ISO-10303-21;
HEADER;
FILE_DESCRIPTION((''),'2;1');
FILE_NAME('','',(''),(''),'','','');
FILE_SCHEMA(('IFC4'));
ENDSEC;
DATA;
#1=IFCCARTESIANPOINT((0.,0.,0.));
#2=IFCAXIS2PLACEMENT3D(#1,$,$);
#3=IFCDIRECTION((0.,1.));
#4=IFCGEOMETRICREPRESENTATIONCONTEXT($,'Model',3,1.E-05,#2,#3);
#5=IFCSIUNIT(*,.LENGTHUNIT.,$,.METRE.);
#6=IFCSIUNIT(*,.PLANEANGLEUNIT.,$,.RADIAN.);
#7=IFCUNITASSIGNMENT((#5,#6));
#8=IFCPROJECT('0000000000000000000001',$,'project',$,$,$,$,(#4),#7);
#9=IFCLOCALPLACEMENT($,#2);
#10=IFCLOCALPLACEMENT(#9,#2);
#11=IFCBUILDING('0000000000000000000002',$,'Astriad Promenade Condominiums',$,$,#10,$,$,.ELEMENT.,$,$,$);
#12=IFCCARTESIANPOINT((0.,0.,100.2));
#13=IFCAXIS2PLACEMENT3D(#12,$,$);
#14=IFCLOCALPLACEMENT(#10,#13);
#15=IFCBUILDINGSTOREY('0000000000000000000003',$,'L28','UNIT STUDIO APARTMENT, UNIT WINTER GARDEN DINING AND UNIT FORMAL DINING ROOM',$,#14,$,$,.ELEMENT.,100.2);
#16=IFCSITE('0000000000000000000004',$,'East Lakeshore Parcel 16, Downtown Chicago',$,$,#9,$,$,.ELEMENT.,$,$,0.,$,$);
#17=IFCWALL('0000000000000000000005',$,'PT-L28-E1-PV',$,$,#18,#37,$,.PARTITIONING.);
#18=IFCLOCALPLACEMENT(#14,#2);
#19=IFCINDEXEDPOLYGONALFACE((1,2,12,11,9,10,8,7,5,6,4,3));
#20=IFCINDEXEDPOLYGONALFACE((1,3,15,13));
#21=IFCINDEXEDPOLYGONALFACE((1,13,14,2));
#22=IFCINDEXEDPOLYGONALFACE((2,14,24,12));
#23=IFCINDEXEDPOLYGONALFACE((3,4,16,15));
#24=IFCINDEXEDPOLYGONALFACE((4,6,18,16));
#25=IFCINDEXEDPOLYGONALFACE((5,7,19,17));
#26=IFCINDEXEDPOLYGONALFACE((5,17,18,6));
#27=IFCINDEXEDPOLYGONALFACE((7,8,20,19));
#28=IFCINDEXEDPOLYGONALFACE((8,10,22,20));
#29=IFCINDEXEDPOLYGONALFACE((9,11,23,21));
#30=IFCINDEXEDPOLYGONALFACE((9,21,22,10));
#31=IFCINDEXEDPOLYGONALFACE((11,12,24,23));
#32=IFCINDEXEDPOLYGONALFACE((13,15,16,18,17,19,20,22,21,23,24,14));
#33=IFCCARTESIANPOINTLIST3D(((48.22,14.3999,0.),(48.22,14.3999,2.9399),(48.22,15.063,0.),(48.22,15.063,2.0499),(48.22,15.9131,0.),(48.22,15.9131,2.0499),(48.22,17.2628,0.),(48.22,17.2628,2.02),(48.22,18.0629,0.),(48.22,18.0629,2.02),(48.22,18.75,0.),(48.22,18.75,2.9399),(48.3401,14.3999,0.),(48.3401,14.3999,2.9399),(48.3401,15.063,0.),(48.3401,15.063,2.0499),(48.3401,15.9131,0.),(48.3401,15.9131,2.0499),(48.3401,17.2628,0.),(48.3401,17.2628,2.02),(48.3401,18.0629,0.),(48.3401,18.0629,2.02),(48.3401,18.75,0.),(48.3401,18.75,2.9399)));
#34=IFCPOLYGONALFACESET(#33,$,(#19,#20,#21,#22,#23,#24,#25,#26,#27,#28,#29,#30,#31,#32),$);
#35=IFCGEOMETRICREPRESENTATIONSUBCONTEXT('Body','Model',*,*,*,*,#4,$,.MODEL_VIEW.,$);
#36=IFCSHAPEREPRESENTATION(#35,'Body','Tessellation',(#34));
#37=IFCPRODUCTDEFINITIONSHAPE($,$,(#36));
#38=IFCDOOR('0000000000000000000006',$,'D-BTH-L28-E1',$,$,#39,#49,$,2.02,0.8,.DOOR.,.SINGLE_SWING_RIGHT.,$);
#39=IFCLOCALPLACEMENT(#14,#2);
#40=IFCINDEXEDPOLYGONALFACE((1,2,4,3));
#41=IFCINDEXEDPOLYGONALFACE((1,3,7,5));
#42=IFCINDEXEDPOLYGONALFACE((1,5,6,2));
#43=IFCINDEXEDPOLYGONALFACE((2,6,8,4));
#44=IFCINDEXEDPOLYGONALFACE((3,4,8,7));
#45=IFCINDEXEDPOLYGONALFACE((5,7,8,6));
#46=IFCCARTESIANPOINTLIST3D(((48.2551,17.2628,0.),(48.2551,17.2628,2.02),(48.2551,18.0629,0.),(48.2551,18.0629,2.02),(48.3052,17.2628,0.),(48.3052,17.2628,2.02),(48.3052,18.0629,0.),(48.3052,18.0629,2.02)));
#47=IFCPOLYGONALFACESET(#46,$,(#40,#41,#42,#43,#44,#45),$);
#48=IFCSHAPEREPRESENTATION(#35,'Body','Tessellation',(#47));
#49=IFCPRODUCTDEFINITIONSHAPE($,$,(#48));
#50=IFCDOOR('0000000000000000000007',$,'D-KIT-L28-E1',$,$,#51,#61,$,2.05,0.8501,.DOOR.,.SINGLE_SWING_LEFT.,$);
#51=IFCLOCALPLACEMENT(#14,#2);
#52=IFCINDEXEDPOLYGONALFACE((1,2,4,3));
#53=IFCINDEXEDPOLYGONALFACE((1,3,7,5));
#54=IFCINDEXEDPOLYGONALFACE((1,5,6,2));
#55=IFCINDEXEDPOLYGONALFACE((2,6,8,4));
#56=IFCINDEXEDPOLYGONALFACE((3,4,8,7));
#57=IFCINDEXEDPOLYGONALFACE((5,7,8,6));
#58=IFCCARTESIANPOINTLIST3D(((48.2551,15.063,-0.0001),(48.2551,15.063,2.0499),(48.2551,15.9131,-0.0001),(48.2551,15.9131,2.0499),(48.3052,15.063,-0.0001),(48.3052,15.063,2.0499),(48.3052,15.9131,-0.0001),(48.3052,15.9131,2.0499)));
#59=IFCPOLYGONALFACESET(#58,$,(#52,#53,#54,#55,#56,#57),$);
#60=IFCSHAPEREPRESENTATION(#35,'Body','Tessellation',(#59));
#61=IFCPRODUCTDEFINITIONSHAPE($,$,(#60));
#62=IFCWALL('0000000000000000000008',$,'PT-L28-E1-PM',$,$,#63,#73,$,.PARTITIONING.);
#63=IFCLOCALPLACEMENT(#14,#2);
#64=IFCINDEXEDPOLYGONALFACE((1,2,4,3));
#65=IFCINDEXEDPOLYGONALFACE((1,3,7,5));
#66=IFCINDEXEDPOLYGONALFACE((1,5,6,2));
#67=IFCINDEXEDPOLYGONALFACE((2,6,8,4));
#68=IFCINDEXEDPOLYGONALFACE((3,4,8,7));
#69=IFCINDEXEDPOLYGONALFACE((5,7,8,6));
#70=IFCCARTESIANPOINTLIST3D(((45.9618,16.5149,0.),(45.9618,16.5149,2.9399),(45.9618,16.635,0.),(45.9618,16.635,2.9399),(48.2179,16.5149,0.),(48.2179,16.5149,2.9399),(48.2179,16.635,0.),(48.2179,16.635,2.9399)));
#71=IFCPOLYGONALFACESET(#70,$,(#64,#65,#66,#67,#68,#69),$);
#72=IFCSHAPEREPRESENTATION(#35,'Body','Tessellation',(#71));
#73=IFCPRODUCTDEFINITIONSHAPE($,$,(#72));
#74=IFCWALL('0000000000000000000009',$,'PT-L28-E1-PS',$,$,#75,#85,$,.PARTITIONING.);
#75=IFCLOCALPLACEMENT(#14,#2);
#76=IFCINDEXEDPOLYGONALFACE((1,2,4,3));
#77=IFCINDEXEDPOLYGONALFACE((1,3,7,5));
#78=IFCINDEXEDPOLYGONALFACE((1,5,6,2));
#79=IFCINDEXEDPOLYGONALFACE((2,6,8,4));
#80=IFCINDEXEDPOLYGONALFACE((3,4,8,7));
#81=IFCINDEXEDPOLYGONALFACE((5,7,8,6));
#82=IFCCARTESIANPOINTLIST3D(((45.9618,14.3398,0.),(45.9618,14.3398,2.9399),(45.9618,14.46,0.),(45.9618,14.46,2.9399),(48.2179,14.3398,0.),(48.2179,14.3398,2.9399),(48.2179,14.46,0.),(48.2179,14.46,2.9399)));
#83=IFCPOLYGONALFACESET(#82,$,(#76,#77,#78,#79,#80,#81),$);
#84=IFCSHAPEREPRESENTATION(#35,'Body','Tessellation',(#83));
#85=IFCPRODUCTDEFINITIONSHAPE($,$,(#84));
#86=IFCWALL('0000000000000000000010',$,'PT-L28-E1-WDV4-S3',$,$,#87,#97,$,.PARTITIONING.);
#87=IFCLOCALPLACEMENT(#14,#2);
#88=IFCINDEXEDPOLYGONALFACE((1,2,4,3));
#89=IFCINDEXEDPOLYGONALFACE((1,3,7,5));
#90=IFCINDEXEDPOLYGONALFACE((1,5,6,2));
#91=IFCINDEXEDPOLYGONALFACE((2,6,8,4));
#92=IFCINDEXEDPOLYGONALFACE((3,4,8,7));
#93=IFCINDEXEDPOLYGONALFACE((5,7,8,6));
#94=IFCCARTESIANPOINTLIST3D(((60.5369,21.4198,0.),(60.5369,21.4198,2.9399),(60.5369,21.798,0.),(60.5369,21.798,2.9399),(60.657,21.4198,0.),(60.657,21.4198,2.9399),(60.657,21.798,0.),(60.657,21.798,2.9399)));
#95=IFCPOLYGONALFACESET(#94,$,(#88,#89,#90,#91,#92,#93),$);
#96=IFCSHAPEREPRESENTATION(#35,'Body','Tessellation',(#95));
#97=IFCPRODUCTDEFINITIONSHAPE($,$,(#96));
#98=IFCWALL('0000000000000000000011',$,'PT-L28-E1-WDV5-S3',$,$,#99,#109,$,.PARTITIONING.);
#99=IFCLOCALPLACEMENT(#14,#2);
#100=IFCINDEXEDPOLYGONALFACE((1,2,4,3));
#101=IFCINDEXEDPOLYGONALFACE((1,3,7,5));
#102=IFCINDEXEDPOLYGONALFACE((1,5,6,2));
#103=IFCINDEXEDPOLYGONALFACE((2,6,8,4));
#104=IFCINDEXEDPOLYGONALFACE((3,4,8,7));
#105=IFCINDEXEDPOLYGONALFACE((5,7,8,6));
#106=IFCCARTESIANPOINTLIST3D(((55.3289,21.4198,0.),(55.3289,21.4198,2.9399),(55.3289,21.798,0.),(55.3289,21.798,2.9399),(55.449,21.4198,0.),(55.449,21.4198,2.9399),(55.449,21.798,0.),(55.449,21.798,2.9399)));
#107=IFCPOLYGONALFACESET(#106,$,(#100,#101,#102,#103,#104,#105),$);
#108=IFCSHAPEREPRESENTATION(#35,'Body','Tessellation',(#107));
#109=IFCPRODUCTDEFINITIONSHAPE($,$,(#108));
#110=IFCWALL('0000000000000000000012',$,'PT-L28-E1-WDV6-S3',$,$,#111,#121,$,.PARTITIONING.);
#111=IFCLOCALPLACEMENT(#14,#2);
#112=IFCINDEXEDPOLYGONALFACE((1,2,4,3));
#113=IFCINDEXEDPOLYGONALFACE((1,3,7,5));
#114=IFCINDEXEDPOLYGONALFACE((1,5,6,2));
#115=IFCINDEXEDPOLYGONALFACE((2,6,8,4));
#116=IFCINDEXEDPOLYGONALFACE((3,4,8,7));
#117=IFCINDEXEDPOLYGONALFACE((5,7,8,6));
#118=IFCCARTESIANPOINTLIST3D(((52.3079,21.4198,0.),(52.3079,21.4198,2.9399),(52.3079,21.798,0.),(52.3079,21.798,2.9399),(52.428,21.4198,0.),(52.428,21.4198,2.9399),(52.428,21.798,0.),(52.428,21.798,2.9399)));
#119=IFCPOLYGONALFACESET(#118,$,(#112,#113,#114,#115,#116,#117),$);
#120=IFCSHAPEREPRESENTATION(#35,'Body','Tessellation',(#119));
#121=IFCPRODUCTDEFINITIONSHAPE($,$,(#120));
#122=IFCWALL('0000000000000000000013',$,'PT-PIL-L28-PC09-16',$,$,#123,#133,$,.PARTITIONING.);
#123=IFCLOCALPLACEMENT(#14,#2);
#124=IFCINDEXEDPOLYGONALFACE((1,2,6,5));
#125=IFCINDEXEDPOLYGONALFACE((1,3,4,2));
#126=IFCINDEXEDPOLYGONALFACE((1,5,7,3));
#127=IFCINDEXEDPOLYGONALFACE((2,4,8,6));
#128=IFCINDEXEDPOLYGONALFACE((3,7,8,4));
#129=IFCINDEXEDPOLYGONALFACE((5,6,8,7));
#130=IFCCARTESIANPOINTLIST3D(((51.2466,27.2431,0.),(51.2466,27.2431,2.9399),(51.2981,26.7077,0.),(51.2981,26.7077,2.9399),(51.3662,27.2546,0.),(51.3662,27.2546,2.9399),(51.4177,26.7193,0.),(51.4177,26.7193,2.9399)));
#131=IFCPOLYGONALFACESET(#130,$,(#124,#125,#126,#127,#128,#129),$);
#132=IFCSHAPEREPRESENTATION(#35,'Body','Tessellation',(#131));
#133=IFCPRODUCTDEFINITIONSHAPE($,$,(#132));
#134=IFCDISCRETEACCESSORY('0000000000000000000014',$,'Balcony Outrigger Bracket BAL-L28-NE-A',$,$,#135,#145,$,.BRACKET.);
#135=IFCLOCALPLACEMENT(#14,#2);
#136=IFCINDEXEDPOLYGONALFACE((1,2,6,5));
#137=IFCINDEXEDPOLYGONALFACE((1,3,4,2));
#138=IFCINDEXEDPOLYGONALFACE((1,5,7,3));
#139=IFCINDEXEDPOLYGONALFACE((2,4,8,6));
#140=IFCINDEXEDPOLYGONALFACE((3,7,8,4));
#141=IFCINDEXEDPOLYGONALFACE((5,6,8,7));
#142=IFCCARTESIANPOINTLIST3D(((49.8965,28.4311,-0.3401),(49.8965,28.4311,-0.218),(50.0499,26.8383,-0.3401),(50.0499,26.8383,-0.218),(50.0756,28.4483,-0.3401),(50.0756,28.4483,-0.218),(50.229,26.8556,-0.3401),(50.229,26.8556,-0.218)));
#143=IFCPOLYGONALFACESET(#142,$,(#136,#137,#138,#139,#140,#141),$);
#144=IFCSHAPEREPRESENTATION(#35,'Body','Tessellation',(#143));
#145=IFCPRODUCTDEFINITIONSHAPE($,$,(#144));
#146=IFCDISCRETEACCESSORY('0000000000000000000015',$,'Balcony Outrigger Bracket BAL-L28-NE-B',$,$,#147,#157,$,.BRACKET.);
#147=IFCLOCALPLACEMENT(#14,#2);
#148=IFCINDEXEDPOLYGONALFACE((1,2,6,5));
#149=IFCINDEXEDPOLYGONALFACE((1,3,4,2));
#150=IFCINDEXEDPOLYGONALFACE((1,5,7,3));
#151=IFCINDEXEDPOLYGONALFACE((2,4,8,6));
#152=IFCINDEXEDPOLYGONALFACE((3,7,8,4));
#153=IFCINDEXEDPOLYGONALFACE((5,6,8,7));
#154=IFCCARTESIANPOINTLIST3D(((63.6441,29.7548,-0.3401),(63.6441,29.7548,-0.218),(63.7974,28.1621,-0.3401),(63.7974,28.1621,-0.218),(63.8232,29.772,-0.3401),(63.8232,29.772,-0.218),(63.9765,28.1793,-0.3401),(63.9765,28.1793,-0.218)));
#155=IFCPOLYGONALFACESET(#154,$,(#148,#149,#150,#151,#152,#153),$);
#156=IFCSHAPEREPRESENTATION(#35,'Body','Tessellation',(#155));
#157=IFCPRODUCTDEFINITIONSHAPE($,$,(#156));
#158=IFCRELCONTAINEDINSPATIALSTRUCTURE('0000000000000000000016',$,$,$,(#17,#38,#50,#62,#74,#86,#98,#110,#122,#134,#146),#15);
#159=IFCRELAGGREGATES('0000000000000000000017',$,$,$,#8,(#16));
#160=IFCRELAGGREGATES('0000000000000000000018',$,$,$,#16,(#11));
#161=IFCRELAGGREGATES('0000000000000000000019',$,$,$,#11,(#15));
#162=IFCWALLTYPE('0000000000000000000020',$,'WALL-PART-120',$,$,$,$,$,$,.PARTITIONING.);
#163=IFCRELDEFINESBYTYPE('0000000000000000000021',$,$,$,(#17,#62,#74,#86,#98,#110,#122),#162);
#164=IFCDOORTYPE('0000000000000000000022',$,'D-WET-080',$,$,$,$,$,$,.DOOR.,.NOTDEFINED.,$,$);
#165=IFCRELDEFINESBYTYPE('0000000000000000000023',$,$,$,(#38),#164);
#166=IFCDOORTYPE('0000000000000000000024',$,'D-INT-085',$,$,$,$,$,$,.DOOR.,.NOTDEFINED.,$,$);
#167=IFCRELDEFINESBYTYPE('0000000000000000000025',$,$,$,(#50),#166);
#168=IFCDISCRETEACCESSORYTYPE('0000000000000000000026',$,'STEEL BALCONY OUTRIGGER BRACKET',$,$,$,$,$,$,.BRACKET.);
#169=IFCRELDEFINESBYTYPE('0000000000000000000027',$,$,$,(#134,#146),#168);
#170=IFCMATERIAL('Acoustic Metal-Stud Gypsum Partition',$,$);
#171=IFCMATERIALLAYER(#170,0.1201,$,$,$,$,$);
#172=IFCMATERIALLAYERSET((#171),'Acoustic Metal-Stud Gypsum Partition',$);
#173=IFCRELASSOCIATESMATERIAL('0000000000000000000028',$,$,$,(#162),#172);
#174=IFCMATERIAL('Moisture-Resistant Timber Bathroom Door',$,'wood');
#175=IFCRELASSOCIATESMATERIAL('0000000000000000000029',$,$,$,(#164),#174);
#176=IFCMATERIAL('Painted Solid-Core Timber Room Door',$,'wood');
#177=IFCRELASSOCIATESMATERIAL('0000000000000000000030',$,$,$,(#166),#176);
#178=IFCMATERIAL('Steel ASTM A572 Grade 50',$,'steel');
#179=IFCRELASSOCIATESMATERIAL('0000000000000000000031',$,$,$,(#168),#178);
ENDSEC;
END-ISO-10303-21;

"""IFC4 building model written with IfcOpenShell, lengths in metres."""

from ifc_helpers import new_model, si_unit, direction, frame, frame_2d, origin, origin_2d, place, context, subcontext, project, spatial, rectangle, extrude, source, transform, mapped, material, layer, layer_set, type_object, type_shapes, element, fill, save


model = new_model("IFC4")

# Units and contexts
model_context = context("Model", 3, precision=1e-05, world=origin(), true_north=direction((0.0, 1.0)))
body_context = subcontext(model_context, "Body", "Model", "MODEL_VIEW")
ifc_project = project(units=[si_unit("LENGTHUNIT", "METRE"), si_unit("PLANEANGLEUNIT", "RADIAN")], contexts=[model_context])

# Site, building, storey
site_placement = place(None, origin())
site = spatial("IfcSite", under=ifc_project, at=site_placement, Name="East Lakeshore Parcel 16, Downtown Chicago", CompositionType="ELEMENT", RefElevation=0.0)
building_placement = place(site_placement, origin())
building = spatial("IfcBuilding", under=site, at=building_placement, Name="Astriad Promenade Condominiums", CompositionType="ELEMENT")
storey_placement = place(building_placement, frame((0.0, 0.0, 100.2)))
storey = spatial("IfcBuildingStorey", under=building, at=storey_placement, Name="L28", Description="UNIT STUDIO APARTMENT, UNIT WINTER GARDEN DINING AND UNIT FORMAL DINING ROOM", CompositionType="ELEMENT", Elevation=100.2)

# Wall, openings, doors
ifc_material_1 = material(Name="Acoustic Metal-Stud Gypsum Partition")
ifc_layer_1 = layer(ifc_material_1, 0.1201)
ifc_layer_set_1 = layer_set([ifc_layer_1], Name="Acoustic Metal-Stud Gypsum Partition")
wall_type_1 = type_object("IfcWallType", Name="WALL-PART-120", PredefinedType="PARTITIONING", material=ifc_layer_set_1)
wall_1_placement = place(storey_placement, frame((48.28, 14.3999, 0.0), z_axis=(0.0, 0.0, 1.0), x_axis=(0.0, 1.0, 0.0)))
wall_1 = element("IfcWall", 1, at=wall_1_placement, inside=storey, type_object=wall_type_1, Name="PT-L28-E1-PV", PredefinedType="PARTITIONING", context=body_context, shape_type="SweptSolid", body=[
    extrude(rectangle(XDim=4.3501, YDim=0.1201, at=frame_2d((2.175, 0.0))), origin(), (0.0, 0.0, 1.0), 2.9399),
])
opening_1_placement = place(wall_1_placement, frame((0.6631, 0.0, 0.0)))
opening_1 = element("IfcOpeningElement", 2, at=opening_1_placement, cuts=wall_1, PredefinedType="OPENING", context=body_context, shape_type="SweptSolid", body=[
    extrude(rectangle(XDim=0.8501, YDim=2.05, at=frame_2d((0.425, 1.0249))), frame((0.0, 0.0701, 0.0), z_axis=(0.0, -1.0, 0.0), x_axis=(1.0, 0.0, 0.0)), (0.0, 0.0, 1.0), 0.1401),
])
opening_2_placement = place(wall_1_placement, frame((2.863, 0.0, 0.0)))
opening_2 = element("IfcOpeningElement", 3, at=opening_2_placement, cuts=wall_1, PredefinedType="OPENING", context=body_context, shape_type="SweptSolid", body=[
    extrude(rectangle(XDim=0.8, YDim=2.02, at=frame_2d((0.3999, 1.01))), frame((0.0, 0.0701, 0.0), z_axis=(0.0, -1.0, 0.0), x_axis=(1.0, 0.0, 0.0)), (0.0, 0.0, 1.0), 0.1401),
])
ifc_material_2 = material(Name="Moisture-Resistant Timber Bathroom Door", Category="wood")
door_type_1 = type_object("IfcDoorType", Name="D-WET-080", OperationType="NOTDEFINED", PredefinedType="DOOR", material=ifc_material_2)
shared_shape_1 = source(origin(), body_context, "Body", "SweptSolid", [
    extrude(rectangle(XDim=0.8, YDim=2.02, at=frame_2d((0.3999, 1.01))), frame((0.0, 0.0249, 0.0), z_axis=(0.0, -1.0, 0.0), x_axis=(1.0, 0.0, 0.0)), (0.0, 0.0, 1.0), 0.05),
])
type_shapes(door_type_1, [shared_shape_1])
door_1_placement = place(opening_2_placement, origin())
door_1 = element("IfcDoor", 4, at=door_1_placement, inside=storey, type_object=door_type_1, Name="D-BTH-L28-E1", OperationType="SINGLE_SWING_RIGHT", OverallHeight=2.02, OverallWidth=0.8, PredefinedType="DOOR", context=body_context, shape_type="MappedRepresentation", body=[
    mapped(shared_shape_1, transform((0.0, 0.0, 0.0), scale=1.0)),
])
fill(opening_2, door_1)
ifc_material_3 = material(Name="Painted Solid-Core Timber Room Door", Category="wood")
door_type_2 = type_object("IfcDoorType", Name="D-INT-085", OperationType="NOTDEFINED", PredefinedType="DOOR", material=ifc_material_3)
shared_shape_2 = source(origin(), body_context, "Body", "SweptSolid", [
    extrude(rectangle(XDim=0.8501, YDim=2.05, at=frame_2d((0.425, 1.0249))), frame((0.0, 0.0249, 0.0), z_axis=(0.0, -1.0, 0.0), x_axis=(1.0, 0.0, 0.0)), (0.0, 0.0, 1.0), 0.05),
])
type_shapes(door_type_2, [shared_shape_2])
door_2_placement = place(opening_1_placement, origin())
door_2 = element("IfcDoor", 5, at=door_2_placement, inside=storey, type_object=door_type_2, Name="D-KIT-L28-E1", OperationType="SINGLE_SWING_LEFT", OverallHeight=2.05, OverallWidth=0.8501, PredefinedType="DOOR", context=body_context, shape_type="MappedRepresentation", body=[
    mapped(shared_shape_2, transform((0.0, 0.0, 0.0), scale=1.0)),
])
fill(opening_1, door_2)

# Walls
for number, where, z_axis, x_axis, name in (
    (6, (45.9619, 16.575, 0.0), (0.0, 0.0, 1.0), (1.0, 0.0, 0.0), "PT-L28-E1-PM"),
    (7, (45.9619, 14.3999, 0.0), (0.0, 0.0, 1.0), (1.0, 0.0, 0.0), "PT-L28-E1-PS"),
):
    element("IfcWall", number, at=place(storey_placement, frame(where, z_axis=z_axis, x_axis=x_axis)), inside=storey, type_object=wall_type_1, Name=name, PredefinedType="PARTITIONING", context=body_context, shape_type="SweptSolid", body=[
        extrude(rectangle(XDim=2.2561, YDim=0.1201, at=frame_2d((1.1279, 0.0))), origin(), (0.0, 0.0, 1.0), 2.9399),
    ])
for number, where, z_axis, x_axis, name in (
    (8, (60.5969, 21.4199, 0.0), (0.0, 0.0, 1.0), (0.0, 1.0, 0.0), "PT-L28-E1-WDV4-S3"),
    (9, (55.3889, 21.4199, 0.0), (0.0, 0.0, 1.0), (0.0, 1.0, 0.0), "PT-L28-E1-WDV5-S3"),
    (10, (52.3679, 21.4199, 0.0), (0.0, 0.0, 1.0), (0.0, 1.0, 0.0), "PT-L28-E1-WDV6-S3"),
):
    element("IfcWall", number, at=place(storey_placement, frame(where, z_axis=z_axis, x_axis=x_axis)), inside=storey, type_object=wall_type_1, Name=name, PredefinedType="PARTITIONING", context=body_context, shape_type="SweptSolid", body=[
        extrude(rectangle(XDim=0.3782, YDim=0.1201, at=frame_2d((0.189, 0.0))), origin(), (0.0, 0.0, 1.0), 2.9399),
    ])
wall_2_placement = place(storey_placement, frame((51.3579, 26.7134, 0.0), z_axis=(0.0, 0.0, 1.0), x_axis=(-0.095773, 0.995403, 0.0)))
element("IfcWall", 11, at=wall_2_placement, inside=storey, type_object=wall_type_1, Name="PT-PIL-L28-PC09-16", PredefinedType="PARTITIONING", context=body_context, shape_type="SweptSolid", body=[
    extrude(rectangle(XDim=0.5378, YDim=0.1201, at=frame_2d((0.269, 0.0))), origin(), (0.0, 0.0, 1.0), 2.9399),
])

# Discrete accessories
ifc_material_4 = material(Name="Steel ASTM A572 Grade 50", Category="steel")
discrete_accessory_type = type_object("IfcDiscreteAccessoryType", Name="STEEL BALCONY OUTRIGGER BRACKET", PredefinedType="BRACKET", material=ifc_material_4)
shared_shape_3 = source(origin(), body_context, "Body", "SweptSolid", [
    extrude(rectangle(XDim=1.6001, YDim=0.1799, at=origin_2d()), origin(), (0.0, 0.0, 1.0), 0.1221),
])
type_shapes(discrete_accessory_type, [shared_shape_3])
for number, where, z_axis, x_axis, name in (
    (12, (50.0627, 27.6433, -0.3401), (0.0, 0.0, 1.0), (-0.095846, 0.995396, 0.0), "Balcony Outrigger Bracket BAL-L28-NE-A"),
    (13, (63.8103, 28.967, -0.3401), (0.0, 0.0, 1.0), (-0.095846, 0.995396, 0.0), "Balcony Outrigger Bracket BAL-L28-NE-B"),
):
    element("IfcDiscreteAccessory", number, at=place(storey_placement, frame(where, z_axis=z_axis, x_axis=x_axis)), inside=storey, type_object=discrete_accessory_type, Name=name, PredefinedType="BRACKET", context=body_context, shape_type="MappedRepresentation", body=[
        mapped(shared_shape_3, transform((0.0, 0.0, 0.0), scale=1.0)),
    ])

save(model, "model.ifc")
